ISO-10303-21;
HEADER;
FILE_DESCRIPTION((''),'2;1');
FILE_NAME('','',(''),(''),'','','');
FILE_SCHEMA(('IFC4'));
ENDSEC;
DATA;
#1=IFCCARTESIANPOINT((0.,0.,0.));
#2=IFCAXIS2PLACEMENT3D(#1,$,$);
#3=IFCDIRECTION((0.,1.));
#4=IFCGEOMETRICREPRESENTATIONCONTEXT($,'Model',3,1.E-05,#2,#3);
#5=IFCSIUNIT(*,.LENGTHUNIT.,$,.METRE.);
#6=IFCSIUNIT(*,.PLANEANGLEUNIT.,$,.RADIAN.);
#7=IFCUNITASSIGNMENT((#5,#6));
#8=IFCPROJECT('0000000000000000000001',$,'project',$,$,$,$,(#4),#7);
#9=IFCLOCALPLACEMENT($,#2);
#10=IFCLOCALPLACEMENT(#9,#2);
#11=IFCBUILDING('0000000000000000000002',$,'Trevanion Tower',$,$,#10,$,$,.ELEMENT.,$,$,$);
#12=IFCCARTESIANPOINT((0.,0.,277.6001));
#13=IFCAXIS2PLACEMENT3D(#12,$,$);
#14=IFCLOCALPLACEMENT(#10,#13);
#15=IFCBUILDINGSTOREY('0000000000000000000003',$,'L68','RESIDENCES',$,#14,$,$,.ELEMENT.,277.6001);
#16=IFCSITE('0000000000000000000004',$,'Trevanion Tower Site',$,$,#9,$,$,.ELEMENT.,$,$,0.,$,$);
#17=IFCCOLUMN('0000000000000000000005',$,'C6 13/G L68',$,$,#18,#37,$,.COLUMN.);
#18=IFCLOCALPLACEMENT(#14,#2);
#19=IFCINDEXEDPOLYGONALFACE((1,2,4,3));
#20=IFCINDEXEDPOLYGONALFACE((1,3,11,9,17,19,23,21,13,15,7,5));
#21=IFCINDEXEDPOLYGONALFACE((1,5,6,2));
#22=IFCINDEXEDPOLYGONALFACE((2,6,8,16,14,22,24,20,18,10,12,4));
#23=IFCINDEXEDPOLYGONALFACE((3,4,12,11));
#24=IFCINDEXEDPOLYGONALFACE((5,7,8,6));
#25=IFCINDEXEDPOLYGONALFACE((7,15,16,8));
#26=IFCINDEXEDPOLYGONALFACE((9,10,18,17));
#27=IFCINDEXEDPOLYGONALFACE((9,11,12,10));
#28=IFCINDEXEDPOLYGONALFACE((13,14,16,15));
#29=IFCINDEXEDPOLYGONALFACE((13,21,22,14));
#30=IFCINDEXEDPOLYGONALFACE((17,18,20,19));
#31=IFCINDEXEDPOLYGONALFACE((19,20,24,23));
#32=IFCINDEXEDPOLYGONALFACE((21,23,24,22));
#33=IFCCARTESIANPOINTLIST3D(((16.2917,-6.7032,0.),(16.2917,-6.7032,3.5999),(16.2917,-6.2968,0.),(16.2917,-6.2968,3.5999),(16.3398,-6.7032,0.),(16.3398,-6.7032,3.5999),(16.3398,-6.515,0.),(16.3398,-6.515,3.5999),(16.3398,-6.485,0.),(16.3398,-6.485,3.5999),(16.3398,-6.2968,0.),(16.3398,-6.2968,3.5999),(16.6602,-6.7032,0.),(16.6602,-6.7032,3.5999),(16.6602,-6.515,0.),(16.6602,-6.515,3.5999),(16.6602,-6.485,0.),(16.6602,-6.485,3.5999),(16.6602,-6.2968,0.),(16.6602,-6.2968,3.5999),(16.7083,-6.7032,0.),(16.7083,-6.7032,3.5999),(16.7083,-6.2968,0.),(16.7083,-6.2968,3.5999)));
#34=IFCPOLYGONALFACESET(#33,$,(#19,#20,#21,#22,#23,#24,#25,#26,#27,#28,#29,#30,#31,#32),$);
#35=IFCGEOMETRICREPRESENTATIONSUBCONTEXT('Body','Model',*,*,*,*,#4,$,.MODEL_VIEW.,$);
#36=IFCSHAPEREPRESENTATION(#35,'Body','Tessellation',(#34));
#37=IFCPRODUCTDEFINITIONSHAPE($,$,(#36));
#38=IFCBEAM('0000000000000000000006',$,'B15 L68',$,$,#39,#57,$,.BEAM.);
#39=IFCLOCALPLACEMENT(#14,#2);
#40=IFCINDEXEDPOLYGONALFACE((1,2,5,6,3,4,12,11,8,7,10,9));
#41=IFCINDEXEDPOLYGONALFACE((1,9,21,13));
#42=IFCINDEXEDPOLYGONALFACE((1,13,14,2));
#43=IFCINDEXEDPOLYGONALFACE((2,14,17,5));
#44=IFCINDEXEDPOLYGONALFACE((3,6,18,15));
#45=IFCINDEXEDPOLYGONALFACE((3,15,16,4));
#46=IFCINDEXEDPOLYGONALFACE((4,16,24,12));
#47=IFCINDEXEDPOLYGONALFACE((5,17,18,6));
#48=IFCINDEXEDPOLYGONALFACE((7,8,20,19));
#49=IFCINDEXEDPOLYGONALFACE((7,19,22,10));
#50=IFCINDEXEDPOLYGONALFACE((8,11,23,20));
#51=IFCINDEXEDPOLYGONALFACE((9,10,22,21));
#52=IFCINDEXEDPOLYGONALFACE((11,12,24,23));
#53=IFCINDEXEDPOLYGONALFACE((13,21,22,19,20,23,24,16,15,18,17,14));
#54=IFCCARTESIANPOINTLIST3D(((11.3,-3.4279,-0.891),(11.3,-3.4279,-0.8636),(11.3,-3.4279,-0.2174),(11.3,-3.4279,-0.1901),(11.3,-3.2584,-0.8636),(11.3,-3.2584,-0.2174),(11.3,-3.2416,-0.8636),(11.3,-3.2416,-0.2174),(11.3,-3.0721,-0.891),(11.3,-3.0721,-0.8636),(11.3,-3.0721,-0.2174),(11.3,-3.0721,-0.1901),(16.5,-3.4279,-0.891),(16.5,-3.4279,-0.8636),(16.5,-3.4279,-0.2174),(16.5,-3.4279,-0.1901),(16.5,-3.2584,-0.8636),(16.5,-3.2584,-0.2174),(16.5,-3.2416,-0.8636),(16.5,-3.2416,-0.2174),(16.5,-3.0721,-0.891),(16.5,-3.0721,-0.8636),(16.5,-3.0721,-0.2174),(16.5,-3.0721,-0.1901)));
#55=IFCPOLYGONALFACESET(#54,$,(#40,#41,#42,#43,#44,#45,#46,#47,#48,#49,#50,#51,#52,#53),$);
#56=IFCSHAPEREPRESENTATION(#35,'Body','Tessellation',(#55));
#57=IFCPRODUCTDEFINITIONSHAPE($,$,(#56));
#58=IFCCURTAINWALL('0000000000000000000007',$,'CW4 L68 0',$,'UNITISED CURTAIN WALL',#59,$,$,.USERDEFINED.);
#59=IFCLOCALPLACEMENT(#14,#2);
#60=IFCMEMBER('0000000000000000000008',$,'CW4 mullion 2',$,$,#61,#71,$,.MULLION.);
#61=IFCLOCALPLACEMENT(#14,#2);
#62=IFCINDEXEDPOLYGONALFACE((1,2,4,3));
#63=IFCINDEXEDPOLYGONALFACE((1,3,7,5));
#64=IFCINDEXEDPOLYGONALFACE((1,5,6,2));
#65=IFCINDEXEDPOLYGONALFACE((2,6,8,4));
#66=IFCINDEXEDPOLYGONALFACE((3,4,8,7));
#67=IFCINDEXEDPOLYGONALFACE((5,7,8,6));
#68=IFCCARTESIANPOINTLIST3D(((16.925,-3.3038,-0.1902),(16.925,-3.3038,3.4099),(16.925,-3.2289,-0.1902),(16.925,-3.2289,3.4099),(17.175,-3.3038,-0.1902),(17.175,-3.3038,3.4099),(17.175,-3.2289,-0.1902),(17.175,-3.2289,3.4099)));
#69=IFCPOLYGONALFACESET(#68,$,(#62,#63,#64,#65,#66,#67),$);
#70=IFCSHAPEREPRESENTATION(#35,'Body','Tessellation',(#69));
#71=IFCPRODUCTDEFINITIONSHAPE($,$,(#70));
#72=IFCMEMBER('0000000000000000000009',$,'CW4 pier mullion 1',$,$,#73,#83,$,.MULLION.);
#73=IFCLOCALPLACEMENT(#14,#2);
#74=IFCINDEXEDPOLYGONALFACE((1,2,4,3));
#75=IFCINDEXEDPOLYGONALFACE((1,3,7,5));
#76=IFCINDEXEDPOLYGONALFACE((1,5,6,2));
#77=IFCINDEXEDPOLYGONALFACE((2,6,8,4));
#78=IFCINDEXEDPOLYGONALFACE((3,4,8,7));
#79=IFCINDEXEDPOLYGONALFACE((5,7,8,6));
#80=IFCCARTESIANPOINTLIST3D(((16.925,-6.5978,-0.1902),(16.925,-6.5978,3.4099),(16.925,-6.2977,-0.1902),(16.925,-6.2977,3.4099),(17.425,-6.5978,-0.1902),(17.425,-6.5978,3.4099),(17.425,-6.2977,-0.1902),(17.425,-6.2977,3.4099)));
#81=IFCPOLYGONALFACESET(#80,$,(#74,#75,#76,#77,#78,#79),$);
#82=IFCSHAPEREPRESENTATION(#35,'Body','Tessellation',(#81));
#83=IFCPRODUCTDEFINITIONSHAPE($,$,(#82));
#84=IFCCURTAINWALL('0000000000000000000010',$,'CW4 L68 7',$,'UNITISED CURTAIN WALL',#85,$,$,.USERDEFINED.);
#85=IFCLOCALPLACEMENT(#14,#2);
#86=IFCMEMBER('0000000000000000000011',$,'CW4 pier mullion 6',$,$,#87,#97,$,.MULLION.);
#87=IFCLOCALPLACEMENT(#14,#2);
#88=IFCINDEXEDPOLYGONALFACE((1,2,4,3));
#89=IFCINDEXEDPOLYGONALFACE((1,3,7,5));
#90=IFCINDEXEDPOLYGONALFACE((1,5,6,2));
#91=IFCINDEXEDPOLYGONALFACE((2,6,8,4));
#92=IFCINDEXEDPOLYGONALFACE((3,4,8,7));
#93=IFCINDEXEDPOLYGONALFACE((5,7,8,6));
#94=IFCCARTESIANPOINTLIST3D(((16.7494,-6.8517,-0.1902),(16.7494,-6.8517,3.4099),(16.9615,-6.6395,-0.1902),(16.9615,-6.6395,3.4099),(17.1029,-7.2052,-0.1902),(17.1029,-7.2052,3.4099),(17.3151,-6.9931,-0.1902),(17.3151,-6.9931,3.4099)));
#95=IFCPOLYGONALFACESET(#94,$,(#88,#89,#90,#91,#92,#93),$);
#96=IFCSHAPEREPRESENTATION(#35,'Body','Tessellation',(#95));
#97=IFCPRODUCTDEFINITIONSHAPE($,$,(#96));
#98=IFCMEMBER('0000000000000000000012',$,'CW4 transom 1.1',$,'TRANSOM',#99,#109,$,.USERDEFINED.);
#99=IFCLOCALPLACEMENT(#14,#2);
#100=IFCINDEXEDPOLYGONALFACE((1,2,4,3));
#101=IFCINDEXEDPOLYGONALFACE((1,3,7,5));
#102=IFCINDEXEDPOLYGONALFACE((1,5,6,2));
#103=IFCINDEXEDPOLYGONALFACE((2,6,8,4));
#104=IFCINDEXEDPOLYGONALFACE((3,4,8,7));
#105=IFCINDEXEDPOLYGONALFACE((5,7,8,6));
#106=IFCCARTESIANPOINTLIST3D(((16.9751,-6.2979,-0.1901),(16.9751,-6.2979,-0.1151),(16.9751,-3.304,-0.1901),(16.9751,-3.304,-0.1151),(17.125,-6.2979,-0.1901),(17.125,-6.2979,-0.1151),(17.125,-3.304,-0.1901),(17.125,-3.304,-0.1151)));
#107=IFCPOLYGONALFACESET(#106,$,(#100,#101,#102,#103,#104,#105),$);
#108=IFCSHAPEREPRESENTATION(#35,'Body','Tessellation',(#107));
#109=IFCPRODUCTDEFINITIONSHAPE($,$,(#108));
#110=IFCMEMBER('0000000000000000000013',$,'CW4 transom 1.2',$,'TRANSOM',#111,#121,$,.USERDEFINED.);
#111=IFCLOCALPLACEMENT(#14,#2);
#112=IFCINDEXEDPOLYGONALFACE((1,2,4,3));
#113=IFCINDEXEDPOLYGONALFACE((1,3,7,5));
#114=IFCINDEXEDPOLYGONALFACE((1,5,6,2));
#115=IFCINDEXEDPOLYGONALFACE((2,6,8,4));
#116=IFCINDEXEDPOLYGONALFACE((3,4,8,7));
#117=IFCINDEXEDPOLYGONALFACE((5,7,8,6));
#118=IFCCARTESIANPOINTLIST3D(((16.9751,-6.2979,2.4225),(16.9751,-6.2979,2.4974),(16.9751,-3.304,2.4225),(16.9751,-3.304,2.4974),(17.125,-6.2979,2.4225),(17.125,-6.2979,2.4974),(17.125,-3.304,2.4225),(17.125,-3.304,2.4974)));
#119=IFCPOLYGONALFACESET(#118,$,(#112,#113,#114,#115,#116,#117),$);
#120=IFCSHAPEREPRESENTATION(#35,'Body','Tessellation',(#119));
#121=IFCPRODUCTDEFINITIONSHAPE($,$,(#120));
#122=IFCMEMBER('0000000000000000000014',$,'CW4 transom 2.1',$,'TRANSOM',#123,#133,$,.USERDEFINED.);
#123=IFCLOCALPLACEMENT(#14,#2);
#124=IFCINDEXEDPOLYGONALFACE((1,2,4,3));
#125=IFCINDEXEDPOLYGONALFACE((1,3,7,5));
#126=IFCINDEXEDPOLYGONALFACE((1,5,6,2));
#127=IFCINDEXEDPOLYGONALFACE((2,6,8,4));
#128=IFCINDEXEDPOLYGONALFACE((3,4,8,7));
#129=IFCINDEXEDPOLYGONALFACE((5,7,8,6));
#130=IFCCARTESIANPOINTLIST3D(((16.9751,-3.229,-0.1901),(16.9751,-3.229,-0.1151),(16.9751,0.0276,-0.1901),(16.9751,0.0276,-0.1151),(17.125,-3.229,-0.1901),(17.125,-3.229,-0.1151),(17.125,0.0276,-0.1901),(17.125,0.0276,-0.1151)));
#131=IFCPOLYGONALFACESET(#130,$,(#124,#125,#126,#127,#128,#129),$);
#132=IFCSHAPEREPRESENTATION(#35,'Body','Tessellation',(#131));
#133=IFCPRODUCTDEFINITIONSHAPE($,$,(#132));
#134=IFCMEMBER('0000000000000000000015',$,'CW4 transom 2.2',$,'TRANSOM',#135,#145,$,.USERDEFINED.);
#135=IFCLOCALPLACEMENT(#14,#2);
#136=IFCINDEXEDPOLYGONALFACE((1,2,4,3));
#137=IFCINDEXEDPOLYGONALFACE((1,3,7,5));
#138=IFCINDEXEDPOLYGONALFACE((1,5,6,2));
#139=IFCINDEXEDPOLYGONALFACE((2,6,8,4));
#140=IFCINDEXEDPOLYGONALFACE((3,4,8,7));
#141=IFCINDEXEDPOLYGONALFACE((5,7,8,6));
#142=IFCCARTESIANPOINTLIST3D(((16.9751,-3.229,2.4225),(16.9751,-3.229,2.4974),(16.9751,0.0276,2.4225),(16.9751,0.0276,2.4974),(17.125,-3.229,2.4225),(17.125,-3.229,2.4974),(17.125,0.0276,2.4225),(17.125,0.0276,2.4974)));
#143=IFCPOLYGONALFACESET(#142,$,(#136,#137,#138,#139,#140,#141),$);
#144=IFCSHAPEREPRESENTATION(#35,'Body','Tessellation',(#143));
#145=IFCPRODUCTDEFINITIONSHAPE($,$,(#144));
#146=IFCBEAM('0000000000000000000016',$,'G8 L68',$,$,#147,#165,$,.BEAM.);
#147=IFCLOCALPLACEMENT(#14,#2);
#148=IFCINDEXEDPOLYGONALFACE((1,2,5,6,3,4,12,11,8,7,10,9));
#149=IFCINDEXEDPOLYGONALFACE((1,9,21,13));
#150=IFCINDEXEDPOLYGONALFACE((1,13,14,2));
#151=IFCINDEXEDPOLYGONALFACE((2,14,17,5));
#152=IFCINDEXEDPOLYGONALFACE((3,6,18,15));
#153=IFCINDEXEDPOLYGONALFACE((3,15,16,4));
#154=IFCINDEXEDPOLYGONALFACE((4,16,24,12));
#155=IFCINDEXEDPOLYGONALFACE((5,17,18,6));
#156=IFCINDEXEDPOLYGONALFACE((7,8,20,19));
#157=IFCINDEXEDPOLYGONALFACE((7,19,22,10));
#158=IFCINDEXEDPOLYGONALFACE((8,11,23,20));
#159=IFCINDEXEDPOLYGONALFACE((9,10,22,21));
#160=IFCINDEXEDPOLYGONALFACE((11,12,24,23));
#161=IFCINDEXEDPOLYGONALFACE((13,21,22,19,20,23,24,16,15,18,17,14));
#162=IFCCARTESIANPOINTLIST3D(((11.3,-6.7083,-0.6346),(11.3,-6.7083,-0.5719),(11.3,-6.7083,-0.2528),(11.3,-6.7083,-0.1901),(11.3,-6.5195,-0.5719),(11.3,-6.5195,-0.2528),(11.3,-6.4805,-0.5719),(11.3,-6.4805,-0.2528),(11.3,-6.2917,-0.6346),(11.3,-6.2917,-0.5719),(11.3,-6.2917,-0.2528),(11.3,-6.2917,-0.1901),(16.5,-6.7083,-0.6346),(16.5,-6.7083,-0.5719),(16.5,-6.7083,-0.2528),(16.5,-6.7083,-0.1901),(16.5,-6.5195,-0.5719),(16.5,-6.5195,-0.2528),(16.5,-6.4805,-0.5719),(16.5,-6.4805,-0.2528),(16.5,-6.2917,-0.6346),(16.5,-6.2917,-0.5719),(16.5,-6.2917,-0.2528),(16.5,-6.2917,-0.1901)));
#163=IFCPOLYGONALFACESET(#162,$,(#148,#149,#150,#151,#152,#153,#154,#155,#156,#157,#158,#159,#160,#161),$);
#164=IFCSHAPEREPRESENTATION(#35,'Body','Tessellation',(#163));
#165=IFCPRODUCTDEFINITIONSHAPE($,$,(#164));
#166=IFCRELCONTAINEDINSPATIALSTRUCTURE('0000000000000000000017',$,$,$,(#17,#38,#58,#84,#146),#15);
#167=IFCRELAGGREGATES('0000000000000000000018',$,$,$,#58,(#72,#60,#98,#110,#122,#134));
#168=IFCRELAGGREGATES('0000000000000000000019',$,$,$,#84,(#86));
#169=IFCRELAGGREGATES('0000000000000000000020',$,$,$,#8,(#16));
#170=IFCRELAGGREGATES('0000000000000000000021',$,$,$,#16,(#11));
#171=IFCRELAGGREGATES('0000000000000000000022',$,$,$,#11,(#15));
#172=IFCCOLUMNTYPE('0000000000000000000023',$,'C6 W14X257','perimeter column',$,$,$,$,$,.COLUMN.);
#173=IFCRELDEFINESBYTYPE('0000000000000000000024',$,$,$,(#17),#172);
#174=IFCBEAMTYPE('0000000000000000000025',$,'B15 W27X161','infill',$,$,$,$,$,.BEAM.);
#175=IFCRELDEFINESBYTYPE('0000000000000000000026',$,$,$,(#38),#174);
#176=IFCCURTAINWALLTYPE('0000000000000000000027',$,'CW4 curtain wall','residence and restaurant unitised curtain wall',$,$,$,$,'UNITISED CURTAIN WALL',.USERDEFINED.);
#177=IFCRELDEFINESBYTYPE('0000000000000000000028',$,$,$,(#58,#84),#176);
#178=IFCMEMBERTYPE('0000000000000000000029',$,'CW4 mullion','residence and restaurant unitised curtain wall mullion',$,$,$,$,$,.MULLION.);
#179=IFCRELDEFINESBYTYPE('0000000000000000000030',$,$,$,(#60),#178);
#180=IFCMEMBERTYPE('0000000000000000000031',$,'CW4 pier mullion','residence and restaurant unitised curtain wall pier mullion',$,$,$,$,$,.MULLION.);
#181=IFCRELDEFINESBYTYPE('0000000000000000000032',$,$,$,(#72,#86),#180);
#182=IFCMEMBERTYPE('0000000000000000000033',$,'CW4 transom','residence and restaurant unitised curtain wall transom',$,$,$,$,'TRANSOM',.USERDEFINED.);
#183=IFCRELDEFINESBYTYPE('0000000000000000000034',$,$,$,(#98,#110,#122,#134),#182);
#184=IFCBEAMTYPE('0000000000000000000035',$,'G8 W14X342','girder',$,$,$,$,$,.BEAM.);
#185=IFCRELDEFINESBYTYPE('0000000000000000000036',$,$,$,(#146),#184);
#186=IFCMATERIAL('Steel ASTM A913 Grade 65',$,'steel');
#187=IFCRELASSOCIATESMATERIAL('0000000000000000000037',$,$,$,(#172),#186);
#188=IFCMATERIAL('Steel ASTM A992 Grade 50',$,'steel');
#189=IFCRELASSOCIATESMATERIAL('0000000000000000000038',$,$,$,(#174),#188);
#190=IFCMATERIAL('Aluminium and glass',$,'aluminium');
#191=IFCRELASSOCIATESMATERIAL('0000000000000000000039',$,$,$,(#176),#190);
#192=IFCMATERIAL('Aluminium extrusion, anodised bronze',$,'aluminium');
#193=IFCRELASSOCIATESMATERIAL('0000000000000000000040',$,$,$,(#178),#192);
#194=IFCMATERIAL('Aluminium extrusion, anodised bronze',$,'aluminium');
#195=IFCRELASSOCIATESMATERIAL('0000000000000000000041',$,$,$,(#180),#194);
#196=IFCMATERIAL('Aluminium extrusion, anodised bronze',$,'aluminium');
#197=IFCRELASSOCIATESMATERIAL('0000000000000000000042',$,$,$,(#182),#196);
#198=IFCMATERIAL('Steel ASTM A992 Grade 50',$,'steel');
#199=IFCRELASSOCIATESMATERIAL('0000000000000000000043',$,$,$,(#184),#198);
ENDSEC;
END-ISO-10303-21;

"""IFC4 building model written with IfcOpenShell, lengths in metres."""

from ifc_helpers import new_model, si_unit, direction, frame, origin, origin_2d, place, context, subcontext, project, spatial, rectangle, i_section, extrude, material, material_profile, profile_set, type_object, element, aggregate, save


model = new_model("IFC4")

# Units and contexts
model_context = context("Model", 3, precision=1e-05, world=origin(), true_north=direction((0.0, 1.0)))
body_context = subcontext(model_context, "Body", "Model", "MODEL_VIEW")
ifc_project = project(units=[si_unit("LENGTHUNIT", "METRE"), si_unit("PLANEANGLEUNIT", "RADIAN")], contexts=[model_context])

# Site, building, storey
site_placement = place(None, origin())
site = spatial("IfcSite", under=ifc_project, at=site_placement, Name="Trevanion Tower Site", CompositionType="ELEMENT", RefElevation=0.0)
building_placement = place(site_placement, origin())
building = spatial("IfcBuilding", under=site, at=building_placement, Name="Trevanion Tower", CompositionType="ELEMENT")
storey_placement = place(building_placement, frame((0.0, 0.0, 277.6001)))
storey = spatial("IfcBuildingStorey", under=building, at=storey_placement, Name="L68", Description="RESIDENCES", CompositionType="ELEMENT", Elevation=277.6001)

# Column
ifc_material_1 = material(Name="Steel ASTM A913 Grade 65", Category="steel")
ifc_material_profile_1 = material_profile(ifc_material_1, i_section(OverallWidth=0.4065, OverallDepth=0.4165, WebThickness=0.03, FlangeThickness=0.0481, at=origin_2d()), Name="W14X257")
ifc_profile_set_1 = profile_set([ifc_material_profile_1], Name="Steel ASTM A913 Grade 65")
column_type = type_object("IfcColumnType", Name="C6 W14X257", Description="perimeter column", PredefinedType="COLUMN", material=ifc_profile_set_1)
column_placement = place(storey_placement, frame((16.5, -6.5, 0.0), z_axis=(0.0, 0.0, 1.0), x_axis=(0.0, 1.0, 0.0)))
element("IfcColumn", 1, at=column_placement, inside=storey, type_object=column_type, Name="C6 13/G L68", PredefinedType="COLUMN", context=body_context, shape_type="SweptSolid", body=[
    extrude(i_section(OverallWidth=0.4065, OverallDepth=0.4165, WebThickness=0.03, FlangeThickness=0.0481, at=origin_2d()), origin(), (0.0, 0.0, 1.0), 3.5999),
])

# Beam
ifc_material_2 = material(Name="Steel ASTM A992 Grade 50", Category="steel")
ifc_material_profile_2 = material_profile(ifc_material_2, i_section(OverallWidth=0.3557, OverallDepth=0.7009, WebThickness=0.0168, FlangeThickness=0.0273, at=origin_2d()), Name="W27X161")
ifc_profile_set_2 = profile_set([ifc_material_profile_2], Name="Steel ASTM A992 Grade 50")
beam_type_1 = type_object("IfcBeamType", Name="B15 W27X161", Description="infill", PredefinedType="BEAM", material=ifc_profile_set_2)
beam_1_placement = place(storey_placement, frame((11.3, -3.25, -0.5405), z_axis=(1.0, 0.0, 0.0), x_axis=(0.0, 1.0, 0.0)))
element("IfcBeam", 2, at=beam_1_placement, inside=storey, type_object=beam_type_1, Name="B15 L68", PredefinedType="BEAM", context=body_context, shape_type="SweptSolid", body=[
    extrude(i_section(OverallWidth=0.3557, OverallDepth=0.7009, WebThickness=0.0168, FlangeThickness=0.0273, at=origin_2d()), origin(), (0.0, 0.0, 1.0), 5.2),
])

# Curtain wall, members
ifc_material_3 = material(Name="Aluminium and glass", Category="aluminium")
curtain_wall_type = type_object("IfcCurtainWallType", Name="CW4 curtain wall", Description="residence and restaurant unitised curtain wall", ElementType="UNITISED CURTAIN WALL", PredefinedType="USERDEFINED", material=ifc_material_3)
curtain_wall_1_placement = place(storey_placement, origin())
curtain_wall_1 = element("IfcCurtainWall", 3, at=curtain_wall_1_placement, inside=storey, type_object=curtain_wall_type, Name="CW4 L68 0", ObjectType="UNITISED CURTAIN WALL", PredefinedType="USERDEFINED")
ifc_material_4 = material(Name="Aluminium extrusion, anodised bronze", Category="aluminium")
ifc_material_profile_3 = material_profile(ifc_material_4, rectangle(XDim=0.075, YDim=0.25, at=origin_2d()), Name="CW4 mullion")
ifc_profile_set_3 = profile_set([ifc_material_profile_3], Name="Aluminium extrusion, anodised bronze")
member_type_1 = type_object("IfcMemberType", Name="CW4 mullion", Description="residence and restaurant unitised curtain wall mullion", PredefinedType="MULLION", material=ifc_profile_set_3)
member_1_placement = place(storey_placement, frame((17.05, -3.2664, -0.1902), z_axis=(0.0, 0.0, 1.0), x_axis=(0.0, 1.0, 0.0)))
member_1 = element("IfcMember", 4, at=member_1_placement, type_object=member_type_1, Name="CW4 mullion 2", PredefinedType="MULLION", context=body_context, shape_type="SweptSolid", body=[
    extrude(rectangle(XDim=0.075, YDim=0.25, at=origin_2d()), origin(), (0.0, 0.0, 1.0), 3.6001),
])
ifc_material_5 = material(Name="Aluminium extrusion, anodised bronze", Category="aluminium")
ifc_material_profile_4 = material_profile(ifc_material_5, rectangle(XDim=0.3, YDim=0.5, at=origin_2d()), Name="CW4 pier mullion")
ifc_profile_set_4 = profile_set([ifc_material_profile_4], Name="Aluminium extrusion, anodised bronze")
member_type_2 = type_object("IfcMemberType", Name="CW4 pier mullion", Description="residence and restaurant unitised curtain wall pier mullion", PredefinedType="MULLION", material=ifc_profile_set_4)
member_2_placement = place(storey_placement, frame((17.175, -6.4478, -0.1902), z_axis=(0.0, 0.0, 1.0), x_axis=(0.0, 1.0, 0.0)))
member_2 = element("IfcMember", 5, at=member_2_placement, type_object=member_type_2, Name="CW4 pier mullion 1", PredefinedType="MULLION", context=body_context, shape_type="SweptSolid", body=[
    extrude(rectangle(XDim=0.3, YDim=0.5, at=origin_2d()), origin(), (0.0, 0.0, 1.0), 3.6001),
])

# Curtain wall, member
curtain_wall_2_placement = place(storey_placement, origin())
curtain_wall_2 = element("IfcCurtainWall", 6, at=curtain_wall_2_placement, inside=storey, type_object=curtain_wall_type, Name="CW4 L68 7", ObjectType="UNITISED CURTAIN WALL", PredefinedType="USERDEFINED")
member_3_placement = place(storey_placement, frame((17.0322, -6.9224, -0.1902), z_axis=(0.0, 0.0, 1.0), x_axis=(0.707107, 0.707107, 0.0)))
member_3 = element("IfcMember", 7, at=member_3_placement, type_object=member_type_2, Name="CW4 pier mullion 6", PredefinedType="MULLION", context=body_context, shape_type="SweptSolid", body=[
    extrude(rectangle(XDim=0.3, YDim=0.5, at=origin_2d()), origin(), (0.0, 0.0, 1.0), 3.6001),
])

# Members
ifc_material_6 = material(Name="Aluminium extrusion, anodised bronze", Category="aluminium")
ifc_material_profile_5 = material_profile(ifc_material_6, rectangle(XDim=0.1499, YDim=0.075, at=origin_2d()), Name="CW4 transom")
ifc_profile_set_5 = profile_set([ifc_material_profile_5], Name="Aluminium extrusion, anodised bronze")
member_type_3 = type_object("IfcMemberType", Name="CW4 transom", Description="residence and restaurant unitised curtain wall transom", ElementType="TRANSOM", PredefinedType="USERDEFINED", material=ifc_profile_set_5)
member_4_placement = place(storey_placement, frame((17.05, -6.2979, -0.1526), z_axis=(0.0, 1.0, 0.0), x_axis=(-1.0, 0.0, 0.0)))
member_4 = element("IfcMember", 8, at=member_4_placement, type_object=member_type_3, Name="CW4 transom 1.1", ObjectType="TRANSOM", PredefinedType="USERDEFINED", context=body_context, shape_type="SweptSolid", body=[
    extrude(rectangle(XDim=0.1499, YDim=0.075, at=origin_2d()), origin(), (0.0, 0.0, 1.0), 2.9939),
])
member_5_placement = place(storey_placement, frame((17.05, -6.2979, 2.46), z_axis=(0.0, 1.0, 0.0), x_axis=(-1.0, 0.0, 0.0)))
member_5 = element("IfcMember", 9, at=member_5_placement, type_object=member_type_3, Name="CW4 transom 1.2", ObjectType="TRANSOM", PredefinedType="USERDEFINED", context=body_context, shape_type="SweptSolid", body=[
    extrude(rectangle(XDim=0.1499, YDim=0.075, at=origin_2d()), origin(), (0.0, 0.0, 1.0), 2.9939),
])
member_6_placement = place(storey_placement, frame((17.05, -3.229, -0.1526), z_axis=(0.0, 1.0, 0.0), x_axis=(-1.0, 0.0, 0.0)))
member_6 = element("IfcMember", 10, at=member_6_placement, type_object=member_type_3, Name="CW4 transom 2.1", ObjectType="TRANSOM", PredefinedType="USERDEFINED", context=body_context, shape_type="SweptSolid", body=[
    extrude(rectangle(XDim=0.1499, YDim=0.075, at=origin_2d()), origin(), (0.0, 0.0, 1.0), 3.2566),
])
member_7_placement = place(storey_placement, frame((17.05, -3.229, 2.46), z_axis=(0.0, 1.0, 0.0), x_axis=(-1.0, 0.0, 0.0)))
member_7 = element("IfcMember", 11, at=member_7_placement, type_object=member_type_3, Name="CW4 transom 2.2", ObjectType="TRANSOM", PredefinedType="USERDEFINED", context=body_context, shape_type="SweptSolid", body=[
    extrude(rectangle(XDim=0.1499, YDim=0.075, at=origin_2d()), origin(), (0.0, 0.0, 1.0), 3.2566),
])

# Beam
ifc_material_7 = material(Name="Steel ASTM A992 Grade 50", Category="steel")
ifc_material_profile_6 = material_profile(ifc_material_7, i_section(OverallWidth=0.4165, OverallDepth=0.4446, WebThickness=0.0391, FlangeThickness=0.0627, at=origin_2d()), Name="W14X342")
ifc_profile_set_6 = profile_set([ifc_material_profile_6], Name="Steel ASTM A992 Grade 50")
beam_type_2 = type_object("IfcBeamType", Name="G8 W14X342", Description="girder", PredefinedType="BEAM", material=ifc_profile_set_6)
beam_2_placement = place(storey_placement, frame((11.3, -6.5, -0.4124), z_axis=(1.0, 0.0, 0.0), x_axis=(0.0, 1.0, 0.0)))
element("IfcBeam", 12, at=beam_2_placement, inside=storey, type_object=beam_type_2, Name="G8 L68", PredefinedType="BEAM", context=body_context, shape_type="SweptSolid", body=[
    extrude(i_section(OverallWidth=0.4165, OverallDepth=0.4446, WebThickness=0.0391, FlangeThickness=0.0627, at=origin_2d()), origin(), (0.0, 0.0, 1.0), 5.2),
])

aggregate(curtain_wall_1, [member_2, member_1, member_4, member_5, member_6, member_7])
aggregate(curtain_wall_2, [member_3])

save(model, "model.ifc")
